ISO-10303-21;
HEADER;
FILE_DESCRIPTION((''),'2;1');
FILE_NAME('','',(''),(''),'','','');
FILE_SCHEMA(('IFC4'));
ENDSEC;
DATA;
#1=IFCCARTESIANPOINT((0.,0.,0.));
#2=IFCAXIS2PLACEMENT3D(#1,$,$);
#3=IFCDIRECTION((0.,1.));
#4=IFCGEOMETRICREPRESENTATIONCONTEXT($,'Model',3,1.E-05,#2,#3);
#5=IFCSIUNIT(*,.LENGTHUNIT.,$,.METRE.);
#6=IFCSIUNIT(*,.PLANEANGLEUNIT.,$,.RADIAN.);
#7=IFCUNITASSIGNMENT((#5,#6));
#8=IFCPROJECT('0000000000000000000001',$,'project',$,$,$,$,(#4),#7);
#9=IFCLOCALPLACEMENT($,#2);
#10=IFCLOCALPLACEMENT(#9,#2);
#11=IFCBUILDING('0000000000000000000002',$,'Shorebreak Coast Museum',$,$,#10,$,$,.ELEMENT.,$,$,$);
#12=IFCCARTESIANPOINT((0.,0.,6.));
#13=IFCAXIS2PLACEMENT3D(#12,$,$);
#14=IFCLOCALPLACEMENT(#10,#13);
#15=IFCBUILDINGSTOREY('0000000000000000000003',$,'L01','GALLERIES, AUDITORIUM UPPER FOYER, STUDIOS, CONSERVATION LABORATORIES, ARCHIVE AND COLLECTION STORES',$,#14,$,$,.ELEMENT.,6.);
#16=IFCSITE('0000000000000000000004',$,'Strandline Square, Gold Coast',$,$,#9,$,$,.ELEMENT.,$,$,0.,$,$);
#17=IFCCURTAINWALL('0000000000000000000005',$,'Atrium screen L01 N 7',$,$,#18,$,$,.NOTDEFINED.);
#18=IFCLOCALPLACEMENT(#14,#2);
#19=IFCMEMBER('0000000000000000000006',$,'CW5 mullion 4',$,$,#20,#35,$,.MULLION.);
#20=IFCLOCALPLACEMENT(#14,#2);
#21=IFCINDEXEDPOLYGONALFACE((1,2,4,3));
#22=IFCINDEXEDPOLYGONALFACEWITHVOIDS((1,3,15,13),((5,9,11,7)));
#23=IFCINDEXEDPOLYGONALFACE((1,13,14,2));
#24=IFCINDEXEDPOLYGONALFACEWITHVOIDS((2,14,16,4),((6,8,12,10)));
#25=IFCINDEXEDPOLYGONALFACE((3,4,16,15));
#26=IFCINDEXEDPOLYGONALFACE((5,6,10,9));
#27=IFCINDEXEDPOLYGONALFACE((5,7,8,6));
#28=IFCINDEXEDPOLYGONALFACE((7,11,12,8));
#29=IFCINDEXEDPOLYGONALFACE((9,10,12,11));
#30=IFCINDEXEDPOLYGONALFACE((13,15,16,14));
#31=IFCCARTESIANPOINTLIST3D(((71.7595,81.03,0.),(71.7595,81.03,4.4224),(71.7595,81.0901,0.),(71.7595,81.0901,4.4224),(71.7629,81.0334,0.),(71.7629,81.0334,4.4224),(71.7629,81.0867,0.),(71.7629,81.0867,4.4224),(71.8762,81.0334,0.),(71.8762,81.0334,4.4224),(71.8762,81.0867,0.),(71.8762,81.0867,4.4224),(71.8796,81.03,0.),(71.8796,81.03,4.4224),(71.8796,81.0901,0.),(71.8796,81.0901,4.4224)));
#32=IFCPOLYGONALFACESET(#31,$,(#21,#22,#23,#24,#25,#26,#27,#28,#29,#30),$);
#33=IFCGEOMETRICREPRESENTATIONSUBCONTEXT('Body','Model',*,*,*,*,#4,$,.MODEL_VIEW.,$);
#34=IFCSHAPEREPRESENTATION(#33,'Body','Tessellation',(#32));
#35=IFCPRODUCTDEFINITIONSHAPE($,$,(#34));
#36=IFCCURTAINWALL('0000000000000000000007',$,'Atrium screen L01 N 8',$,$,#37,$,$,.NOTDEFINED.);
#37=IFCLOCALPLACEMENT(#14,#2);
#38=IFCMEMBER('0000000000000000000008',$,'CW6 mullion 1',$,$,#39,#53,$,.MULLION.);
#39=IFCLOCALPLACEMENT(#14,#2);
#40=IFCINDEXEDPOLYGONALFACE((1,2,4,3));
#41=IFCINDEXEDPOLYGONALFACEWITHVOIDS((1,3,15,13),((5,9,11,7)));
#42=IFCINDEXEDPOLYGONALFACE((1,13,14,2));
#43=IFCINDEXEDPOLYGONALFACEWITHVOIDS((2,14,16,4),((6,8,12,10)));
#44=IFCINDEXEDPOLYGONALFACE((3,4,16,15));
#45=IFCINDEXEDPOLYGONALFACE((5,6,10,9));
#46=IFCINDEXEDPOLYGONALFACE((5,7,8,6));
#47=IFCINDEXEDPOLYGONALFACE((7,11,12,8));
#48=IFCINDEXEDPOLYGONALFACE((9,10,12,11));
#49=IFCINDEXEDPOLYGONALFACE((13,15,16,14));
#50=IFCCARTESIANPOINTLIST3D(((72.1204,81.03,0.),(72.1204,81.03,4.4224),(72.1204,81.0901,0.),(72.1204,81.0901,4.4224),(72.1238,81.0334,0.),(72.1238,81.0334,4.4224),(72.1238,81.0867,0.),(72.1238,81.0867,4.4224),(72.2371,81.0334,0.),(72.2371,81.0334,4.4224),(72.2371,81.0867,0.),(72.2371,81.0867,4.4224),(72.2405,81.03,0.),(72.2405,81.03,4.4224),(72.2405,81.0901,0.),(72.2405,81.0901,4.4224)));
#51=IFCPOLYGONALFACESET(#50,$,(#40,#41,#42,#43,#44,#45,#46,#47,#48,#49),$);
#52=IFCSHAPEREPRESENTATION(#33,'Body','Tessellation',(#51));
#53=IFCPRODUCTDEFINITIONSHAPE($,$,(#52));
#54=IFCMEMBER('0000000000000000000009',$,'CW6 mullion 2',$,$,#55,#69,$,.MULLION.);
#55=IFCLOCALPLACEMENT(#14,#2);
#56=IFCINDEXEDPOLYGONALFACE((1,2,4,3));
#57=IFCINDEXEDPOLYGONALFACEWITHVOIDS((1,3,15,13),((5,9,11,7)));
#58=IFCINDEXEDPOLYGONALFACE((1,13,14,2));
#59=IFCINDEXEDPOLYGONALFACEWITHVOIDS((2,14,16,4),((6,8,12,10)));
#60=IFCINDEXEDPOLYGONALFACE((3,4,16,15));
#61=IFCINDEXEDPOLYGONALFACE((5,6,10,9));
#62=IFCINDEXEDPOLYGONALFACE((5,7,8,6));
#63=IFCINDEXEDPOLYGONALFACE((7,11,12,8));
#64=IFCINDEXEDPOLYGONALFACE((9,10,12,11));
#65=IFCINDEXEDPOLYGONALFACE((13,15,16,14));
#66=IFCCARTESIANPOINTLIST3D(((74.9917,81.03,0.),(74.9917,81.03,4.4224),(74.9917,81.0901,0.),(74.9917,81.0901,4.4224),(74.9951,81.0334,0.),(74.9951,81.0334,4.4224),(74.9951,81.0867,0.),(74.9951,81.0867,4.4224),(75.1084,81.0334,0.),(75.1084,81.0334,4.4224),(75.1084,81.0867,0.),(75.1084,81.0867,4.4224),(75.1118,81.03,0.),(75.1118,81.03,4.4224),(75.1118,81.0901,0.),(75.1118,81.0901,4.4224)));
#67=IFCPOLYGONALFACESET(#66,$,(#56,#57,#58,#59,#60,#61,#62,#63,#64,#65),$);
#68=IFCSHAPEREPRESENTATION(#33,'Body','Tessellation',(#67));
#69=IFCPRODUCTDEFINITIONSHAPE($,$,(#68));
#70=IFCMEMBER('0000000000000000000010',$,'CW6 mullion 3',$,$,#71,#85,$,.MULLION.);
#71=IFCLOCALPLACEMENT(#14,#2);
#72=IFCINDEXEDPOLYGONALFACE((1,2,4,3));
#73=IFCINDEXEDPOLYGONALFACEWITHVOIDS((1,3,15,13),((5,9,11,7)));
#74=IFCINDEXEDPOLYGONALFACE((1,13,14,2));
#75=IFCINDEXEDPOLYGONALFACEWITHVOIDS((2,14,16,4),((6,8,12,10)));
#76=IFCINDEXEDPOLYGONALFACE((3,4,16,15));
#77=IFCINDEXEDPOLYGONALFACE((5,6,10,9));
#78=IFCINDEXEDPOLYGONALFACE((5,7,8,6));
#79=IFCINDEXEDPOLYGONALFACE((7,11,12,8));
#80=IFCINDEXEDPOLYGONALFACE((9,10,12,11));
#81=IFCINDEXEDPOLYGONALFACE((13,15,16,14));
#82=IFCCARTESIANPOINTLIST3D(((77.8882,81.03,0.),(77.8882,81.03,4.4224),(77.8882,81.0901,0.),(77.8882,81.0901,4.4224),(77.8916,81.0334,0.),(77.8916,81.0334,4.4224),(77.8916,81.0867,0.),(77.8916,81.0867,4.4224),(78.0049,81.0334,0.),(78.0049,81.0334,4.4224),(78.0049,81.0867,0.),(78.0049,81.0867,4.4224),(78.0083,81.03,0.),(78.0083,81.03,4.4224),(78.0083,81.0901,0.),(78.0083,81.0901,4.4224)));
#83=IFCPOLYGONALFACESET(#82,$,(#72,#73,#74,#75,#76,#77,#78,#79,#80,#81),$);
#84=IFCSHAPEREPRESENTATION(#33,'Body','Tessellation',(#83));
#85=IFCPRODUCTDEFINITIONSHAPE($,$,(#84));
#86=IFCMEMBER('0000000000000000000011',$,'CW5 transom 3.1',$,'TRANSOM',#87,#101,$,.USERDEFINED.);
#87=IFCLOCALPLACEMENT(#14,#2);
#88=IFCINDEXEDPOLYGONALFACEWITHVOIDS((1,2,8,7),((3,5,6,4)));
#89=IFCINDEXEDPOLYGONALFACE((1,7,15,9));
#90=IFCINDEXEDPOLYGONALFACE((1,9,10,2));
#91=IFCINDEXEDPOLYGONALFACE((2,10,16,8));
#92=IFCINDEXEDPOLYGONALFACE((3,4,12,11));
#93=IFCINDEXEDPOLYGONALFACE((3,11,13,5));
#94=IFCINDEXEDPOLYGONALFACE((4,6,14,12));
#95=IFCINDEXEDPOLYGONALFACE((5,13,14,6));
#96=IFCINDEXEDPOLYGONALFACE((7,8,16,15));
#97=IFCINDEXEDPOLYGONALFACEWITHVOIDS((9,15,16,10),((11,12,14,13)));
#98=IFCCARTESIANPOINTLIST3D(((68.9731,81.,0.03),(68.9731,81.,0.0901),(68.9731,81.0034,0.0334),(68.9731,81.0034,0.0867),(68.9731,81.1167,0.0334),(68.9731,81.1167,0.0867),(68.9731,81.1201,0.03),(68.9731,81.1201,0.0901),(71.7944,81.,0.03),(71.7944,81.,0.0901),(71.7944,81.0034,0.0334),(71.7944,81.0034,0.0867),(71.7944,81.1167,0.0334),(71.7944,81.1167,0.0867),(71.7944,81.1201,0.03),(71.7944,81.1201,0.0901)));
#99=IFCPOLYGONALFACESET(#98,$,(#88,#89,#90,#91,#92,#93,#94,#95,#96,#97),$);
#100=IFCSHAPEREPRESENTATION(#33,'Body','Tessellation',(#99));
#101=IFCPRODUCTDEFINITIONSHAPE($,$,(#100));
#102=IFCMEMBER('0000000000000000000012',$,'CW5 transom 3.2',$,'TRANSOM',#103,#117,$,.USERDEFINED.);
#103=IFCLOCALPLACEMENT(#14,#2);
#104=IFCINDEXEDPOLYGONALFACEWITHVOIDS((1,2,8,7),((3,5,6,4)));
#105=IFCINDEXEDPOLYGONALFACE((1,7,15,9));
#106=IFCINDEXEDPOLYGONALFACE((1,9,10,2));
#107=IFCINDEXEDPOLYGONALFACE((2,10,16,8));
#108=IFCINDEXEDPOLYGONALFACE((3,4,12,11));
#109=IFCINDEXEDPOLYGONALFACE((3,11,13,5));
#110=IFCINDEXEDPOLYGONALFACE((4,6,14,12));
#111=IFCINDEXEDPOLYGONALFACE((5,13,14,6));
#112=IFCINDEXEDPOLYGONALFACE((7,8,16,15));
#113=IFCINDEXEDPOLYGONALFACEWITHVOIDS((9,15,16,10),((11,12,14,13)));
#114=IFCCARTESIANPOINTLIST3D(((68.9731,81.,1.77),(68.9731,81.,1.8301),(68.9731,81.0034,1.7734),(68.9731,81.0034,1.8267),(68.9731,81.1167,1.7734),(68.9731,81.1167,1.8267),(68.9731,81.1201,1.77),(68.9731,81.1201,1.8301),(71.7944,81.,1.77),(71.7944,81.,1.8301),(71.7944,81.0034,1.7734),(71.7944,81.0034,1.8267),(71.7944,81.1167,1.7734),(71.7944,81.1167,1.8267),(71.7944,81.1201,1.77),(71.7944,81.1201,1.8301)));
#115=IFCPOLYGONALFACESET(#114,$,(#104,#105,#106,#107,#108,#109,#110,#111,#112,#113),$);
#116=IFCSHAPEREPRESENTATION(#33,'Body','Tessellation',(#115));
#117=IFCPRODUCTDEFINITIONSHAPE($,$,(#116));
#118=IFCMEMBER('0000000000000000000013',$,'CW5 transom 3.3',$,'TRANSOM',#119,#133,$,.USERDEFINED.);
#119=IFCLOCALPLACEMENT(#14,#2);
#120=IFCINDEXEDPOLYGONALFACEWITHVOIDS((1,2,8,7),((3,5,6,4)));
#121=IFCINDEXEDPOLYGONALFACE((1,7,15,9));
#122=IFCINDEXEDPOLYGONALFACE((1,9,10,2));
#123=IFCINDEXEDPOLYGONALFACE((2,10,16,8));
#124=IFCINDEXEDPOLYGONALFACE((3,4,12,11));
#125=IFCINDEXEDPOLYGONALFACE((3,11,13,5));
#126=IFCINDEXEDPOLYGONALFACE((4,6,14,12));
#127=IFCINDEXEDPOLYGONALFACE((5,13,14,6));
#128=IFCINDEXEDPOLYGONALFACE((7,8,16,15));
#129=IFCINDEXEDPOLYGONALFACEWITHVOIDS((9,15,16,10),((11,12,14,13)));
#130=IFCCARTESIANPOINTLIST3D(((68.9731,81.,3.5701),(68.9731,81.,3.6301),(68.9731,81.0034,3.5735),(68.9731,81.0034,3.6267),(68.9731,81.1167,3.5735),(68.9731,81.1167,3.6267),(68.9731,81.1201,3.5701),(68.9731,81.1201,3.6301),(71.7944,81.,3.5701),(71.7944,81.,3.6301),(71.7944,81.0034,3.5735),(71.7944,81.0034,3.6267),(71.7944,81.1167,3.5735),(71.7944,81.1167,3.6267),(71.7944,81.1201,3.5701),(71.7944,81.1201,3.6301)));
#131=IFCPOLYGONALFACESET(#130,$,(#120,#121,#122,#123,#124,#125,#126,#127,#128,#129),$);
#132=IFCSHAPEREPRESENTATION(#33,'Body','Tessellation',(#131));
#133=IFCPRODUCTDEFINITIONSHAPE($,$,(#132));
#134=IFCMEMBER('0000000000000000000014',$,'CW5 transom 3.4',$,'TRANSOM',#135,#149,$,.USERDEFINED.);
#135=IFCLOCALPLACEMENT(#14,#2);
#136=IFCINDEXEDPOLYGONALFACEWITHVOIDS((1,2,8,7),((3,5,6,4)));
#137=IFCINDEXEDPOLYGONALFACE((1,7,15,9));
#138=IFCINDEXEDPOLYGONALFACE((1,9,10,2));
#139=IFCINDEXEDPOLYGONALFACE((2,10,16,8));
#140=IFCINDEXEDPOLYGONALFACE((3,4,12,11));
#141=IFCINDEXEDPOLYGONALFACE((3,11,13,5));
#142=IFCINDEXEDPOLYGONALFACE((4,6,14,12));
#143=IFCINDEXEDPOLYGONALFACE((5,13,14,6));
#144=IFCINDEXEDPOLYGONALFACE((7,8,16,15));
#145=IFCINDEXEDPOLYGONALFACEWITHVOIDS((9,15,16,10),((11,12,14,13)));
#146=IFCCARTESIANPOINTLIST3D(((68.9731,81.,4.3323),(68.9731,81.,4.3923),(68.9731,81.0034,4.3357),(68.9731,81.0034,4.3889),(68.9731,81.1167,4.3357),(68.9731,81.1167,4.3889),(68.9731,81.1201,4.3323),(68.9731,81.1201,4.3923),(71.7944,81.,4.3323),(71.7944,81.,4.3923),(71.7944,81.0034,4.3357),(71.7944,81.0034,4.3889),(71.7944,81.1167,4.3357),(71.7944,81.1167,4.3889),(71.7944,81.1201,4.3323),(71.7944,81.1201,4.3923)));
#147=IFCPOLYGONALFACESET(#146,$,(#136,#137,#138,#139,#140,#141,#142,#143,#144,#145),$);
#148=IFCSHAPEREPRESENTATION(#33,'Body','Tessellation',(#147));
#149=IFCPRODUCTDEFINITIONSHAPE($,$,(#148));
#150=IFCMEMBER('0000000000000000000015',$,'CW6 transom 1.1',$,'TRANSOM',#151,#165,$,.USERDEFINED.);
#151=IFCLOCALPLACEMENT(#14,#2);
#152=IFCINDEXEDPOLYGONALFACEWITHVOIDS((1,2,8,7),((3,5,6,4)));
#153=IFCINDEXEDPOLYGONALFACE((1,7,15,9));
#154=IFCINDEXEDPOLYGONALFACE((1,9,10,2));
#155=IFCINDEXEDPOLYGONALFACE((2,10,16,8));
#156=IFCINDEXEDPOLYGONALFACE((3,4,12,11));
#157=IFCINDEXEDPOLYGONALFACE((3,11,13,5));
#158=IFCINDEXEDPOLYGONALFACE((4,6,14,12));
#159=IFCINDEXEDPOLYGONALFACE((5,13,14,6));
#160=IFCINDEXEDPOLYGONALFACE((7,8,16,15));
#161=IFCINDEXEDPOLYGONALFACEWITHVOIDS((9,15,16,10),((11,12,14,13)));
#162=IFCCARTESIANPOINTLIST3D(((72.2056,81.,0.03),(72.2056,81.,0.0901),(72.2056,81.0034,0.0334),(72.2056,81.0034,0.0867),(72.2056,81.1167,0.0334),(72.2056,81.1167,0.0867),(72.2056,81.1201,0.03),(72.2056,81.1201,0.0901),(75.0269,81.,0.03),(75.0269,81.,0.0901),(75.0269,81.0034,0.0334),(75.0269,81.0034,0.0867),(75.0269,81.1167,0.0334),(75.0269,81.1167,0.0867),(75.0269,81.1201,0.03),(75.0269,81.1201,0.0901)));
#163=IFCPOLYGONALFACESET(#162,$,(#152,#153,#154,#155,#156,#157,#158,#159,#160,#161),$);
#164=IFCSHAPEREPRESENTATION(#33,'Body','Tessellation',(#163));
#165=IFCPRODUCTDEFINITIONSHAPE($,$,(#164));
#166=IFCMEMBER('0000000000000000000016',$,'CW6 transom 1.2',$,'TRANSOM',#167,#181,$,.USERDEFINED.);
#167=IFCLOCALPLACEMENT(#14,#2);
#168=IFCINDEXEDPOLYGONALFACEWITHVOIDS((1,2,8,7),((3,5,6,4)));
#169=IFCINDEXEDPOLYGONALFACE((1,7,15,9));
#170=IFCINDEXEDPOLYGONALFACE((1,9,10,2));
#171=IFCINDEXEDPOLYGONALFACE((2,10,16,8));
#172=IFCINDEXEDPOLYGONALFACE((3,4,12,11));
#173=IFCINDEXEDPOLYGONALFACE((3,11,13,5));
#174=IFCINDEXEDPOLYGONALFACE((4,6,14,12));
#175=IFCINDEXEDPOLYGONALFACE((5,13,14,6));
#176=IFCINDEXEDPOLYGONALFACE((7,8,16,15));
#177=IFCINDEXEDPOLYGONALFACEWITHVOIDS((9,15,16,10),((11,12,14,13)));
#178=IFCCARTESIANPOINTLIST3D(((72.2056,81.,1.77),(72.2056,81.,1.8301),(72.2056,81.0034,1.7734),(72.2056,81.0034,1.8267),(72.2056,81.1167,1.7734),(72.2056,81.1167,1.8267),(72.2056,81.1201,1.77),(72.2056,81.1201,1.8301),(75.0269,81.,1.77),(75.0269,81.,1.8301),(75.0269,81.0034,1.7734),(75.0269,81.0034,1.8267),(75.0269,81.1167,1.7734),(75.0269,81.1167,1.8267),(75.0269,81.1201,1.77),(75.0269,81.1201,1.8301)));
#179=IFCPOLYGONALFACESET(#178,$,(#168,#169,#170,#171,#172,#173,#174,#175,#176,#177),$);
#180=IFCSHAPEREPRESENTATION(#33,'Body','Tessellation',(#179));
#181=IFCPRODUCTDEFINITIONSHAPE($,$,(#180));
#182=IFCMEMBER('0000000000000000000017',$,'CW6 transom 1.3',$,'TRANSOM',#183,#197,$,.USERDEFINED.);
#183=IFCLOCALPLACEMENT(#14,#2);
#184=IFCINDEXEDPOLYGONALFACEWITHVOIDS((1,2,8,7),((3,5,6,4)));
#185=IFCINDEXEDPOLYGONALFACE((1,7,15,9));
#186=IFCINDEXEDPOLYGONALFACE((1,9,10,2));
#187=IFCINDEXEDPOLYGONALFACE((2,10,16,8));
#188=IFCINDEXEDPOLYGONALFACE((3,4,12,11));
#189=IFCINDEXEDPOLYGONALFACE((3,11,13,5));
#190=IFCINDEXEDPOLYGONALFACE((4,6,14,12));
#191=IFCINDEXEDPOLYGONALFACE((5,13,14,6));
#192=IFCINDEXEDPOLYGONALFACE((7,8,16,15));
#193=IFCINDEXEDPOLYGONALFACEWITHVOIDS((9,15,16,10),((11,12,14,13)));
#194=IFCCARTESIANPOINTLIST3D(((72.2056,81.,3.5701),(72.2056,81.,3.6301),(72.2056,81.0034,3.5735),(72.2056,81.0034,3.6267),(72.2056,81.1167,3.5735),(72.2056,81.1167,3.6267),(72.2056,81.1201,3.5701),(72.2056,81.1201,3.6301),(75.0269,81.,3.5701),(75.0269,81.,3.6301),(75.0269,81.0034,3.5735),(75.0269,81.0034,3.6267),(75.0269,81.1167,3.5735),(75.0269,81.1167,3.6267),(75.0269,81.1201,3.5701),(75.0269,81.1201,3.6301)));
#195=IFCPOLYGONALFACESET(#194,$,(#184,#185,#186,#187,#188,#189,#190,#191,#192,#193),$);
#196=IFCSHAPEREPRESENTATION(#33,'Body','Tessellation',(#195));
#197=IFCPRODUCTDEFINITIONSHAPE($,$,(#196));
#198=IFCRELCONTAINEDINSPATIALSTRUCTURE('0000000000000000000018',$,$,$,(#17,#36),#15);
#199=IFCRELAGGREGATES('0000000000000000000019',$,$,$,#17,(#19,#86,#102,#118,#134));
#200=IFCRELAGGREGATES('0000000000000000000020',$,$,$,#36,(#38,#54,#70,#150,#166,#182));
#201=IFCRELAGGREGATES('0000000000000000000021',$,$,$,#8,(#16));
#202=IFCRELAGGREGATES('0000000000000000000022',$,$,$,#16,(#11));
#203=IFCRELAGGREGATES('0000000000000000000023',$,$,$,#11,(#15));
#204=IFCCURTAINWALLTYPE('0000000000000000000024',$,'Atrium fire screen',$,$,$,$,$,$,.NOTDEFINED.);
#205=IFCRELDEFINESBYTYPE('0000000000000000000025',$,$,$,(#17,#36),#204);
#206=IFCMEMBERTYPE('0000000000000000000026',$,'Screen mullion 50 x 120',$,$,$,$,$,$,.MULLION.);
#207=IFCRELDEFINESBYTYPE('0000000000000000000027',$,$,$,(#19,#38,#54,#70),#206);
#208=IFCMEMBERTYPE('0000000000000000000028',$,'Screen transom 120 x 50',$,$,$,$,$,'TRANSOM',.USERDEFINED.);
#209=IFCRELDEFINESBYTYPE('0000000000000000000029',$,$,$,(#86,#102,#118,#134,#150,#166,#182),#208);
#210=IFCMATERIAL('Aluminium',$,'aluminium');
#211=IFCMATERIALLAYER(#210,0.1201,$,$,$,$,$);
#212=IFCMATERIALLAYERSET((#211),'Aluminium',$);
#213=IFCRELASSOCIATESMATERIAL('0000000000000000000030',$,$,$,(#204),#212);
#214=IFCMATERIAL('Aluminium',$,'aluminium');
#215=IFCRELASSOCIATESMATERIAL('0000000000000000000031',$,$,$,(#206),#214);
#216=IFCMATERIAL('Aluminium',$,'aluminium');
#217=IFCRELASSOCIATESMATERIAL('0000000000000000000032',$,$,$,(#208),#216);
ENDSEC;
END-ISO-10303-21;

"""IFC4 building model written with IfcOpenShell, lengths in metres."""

from ifc_helpers import new_model, si_unit, direction, frame, origin, origin_2d, place, context, subcontext, project, spatial, hollow_rectangle, extrude, material, layer, layer_set, material_profile, profile_set, type_object, element, aggregate, save


model = new_model("IFC4")

# Units and contexts
model_context = context("Model", 3, precision=1e-05, world=origin(), true_north=direction((0.0, 1.0)))
body_context = subcontext(model_context, "Body", "Model", "MODEL_VIEW")
ifc_project = project(units=[si_unit("LENGTHUNIT", "METRE"), si_unit("PLANEANGLEUNIT", "RADIAN")], contexts=[model_context])

# Site, building, storey
site_placement = place(None, origin())
site = spatial("IfcSite", under=ifc_project, at=site_placement, Name="Strandline Square, Gold Coast", CompositionType="ELEMENT", RefElevation=0.0)
building_placement = place(site_placement, origin())
building = spatial("IfcBuilding", under=site, at=building_placement, Name="Shorebreak Coast Museum", CompositionType="ELEMENT")
storey_placement = place(building_placement, frame((0.0, 0.0, 6.0)))
storey = spatial("IfcBuildingStorey", under=building, at=storey_placement, Name="L01", Description="GALLERIES, AUDITORIUM UPPER FOYER, STUDIOS, CONSERVATION LABORATORIES, ARCHIVE AND COLLECTION STORES", CompositionType="ELEMENT", Elevation=6.0)

# Curtain wall, member
ifc_material_1 = material(Name="Aluminium", Category="aluminium")
ifc_layer_1 = layer(ifc_material_1, 0.1201)
ifc_layer_set_1 = layer_set([ifc_layer_1], Name="Aluminium")
curtain_wall_type = type_object("IfcCurtainWallType", Name="Atrium fire screen", PredefinedType="NOTDEFINED", material=ifc_layer_set_1)
curtain_wall_1_placement = place(storey_placement, origin())
curtain_wall_1 = element("IfcCurtainWall", 1, at=curtain_wall_1_placement, inside=storey, type_object=curtain_wall_type, Name="Atrium screen L01 N 7", PredefinedType="NOTDEFINED")
ifc_material_2 = material(Name="Aluminium", Category="aluminium")
ifc_material_profile_1 = material_profile(ifc_material_2, hollow_rectangle(XDim=0.0601, YDim=0.1201, WallThickness=0.0034, at=origin_2d()), Name="AL 120x60 RHS")
ifc_profile_set_1 = profile_set([ifc_material_profile_1], Name="Aluminium")
member_type_1 = type_object("IfcMemberType", Name="Screen mullion 50 x 120", PredefinedType="MULLION", material=ifc_profile_set_1)
member_1_placement = place(storey_placement, frame((71.8196, 81.0601, 0.0), z_axis=(0.0, 0.0, 1.0), x_axis=(0.0, 1.0, 0.0)))
member_1 = element("IfcMember", 2, at=member_1_placement, type_object=member_type_1, Name="CW5 mullion 4", PredefinedType="MULLION", context=body_context, shape_type="SweptSolid", body=[
    extrude(hollow_rectangle(XDim=0.0601, YDim=0.1201, WallThickness=0.0034, at=origin_2d()), origin(), (0.0, 0.0, 1.0), 4.4224),
])

# Curtain wall, members
curtain_wall_2_placement = place(storey_placement, origin())
curtain_wall_2 = element("IfcCurtainWall", 3, at=curtain_wall_2_placement, inside=storey, type_object=curtain_wall_type, Name="Atrium screen L01 N 8", PredefinedType="NOTDEFINED")
member_2_placement = place(storey_placement, frame((72.1804, 81.0601, 0.0), z_axis=(0.0, 0.0, 1.0), x_axis=(0.0, 1.0, 0.0)))
member_2 = element("IfcMember", 4, at=member_2_placement, type_object=member_type_1, Name="CW6 mullion 1", PredefinedType="MULLION", context=body_context, shape_type="SweptSolid", body=[
    extrude(hollow_rectangle(XDim=0.0601, YDim=0.1201, WallThickness=0.0034, at=origin_2d()), origin(), (0.0, 0.0, 1.0), 4.4224),
])
member_3_placement = place(storey_placement, frame((75.0518, 81.0601, 0.0), z_axis=(0.0, 0.0, 1.0), x_axis=(0.0, 1.0, 0.0)))
member_3 = element("IfcMember", 5, at=member_3_placement, type_object=member_type_1, Name="CW6 mullion 2", PredefinedType="MULLION", context=body_context, shape_type="SweptSolid", body=[
    extrude(hollow_rectangle(XDim=0.0601, YDim=0.1201, WallThickness=0.0034, at=origin_2d()), origin(), (0.0, 0.0, 1.0), 4.4224),
])
member_4_placement = place(storey_placement, frame((77.9482, 81.0601, 0.0), z_axis=(0.0, 0.0, 1.0), x_axis=(0.0, 1.0, 0.0)))
member_4 = element("IfcMember", 6, at=member_4_placement, type_object=member_type_1, Name="CW6 mullion 3", PredefinedType="MULLION", context=body_context, shape_type="SweptSolid", body=[
    extrude(hollow_rectangle(XDim=0.0601, YDim=0.1201, WallThickness=0.0034, at=origin_2d()), origin(), (0.0, 0.0, 1.0), 4.4224),
])

# Members
ifc_material_3 = material(Name="Aluminium", Category="aluminium")
ifc_material_profile_2 = material_profile(ifc_material_3, hollow_rectangle(XDim=0.1201, YDim=0.0601, WallThickness=0.0034, at=origin_2d()), Name="AL 60x120 RHS")
ifc_profile_set_2 = profile_set([ifc_material_profile_2], Name="Aluminium")
member_type_2 = type_object("IfcMemberType", Name="Screen transom 120 x 50", ElementType="TRANSOM", PredefinedType="USERDEFINED", material=ifc_profile_set_2)
member_5_placement = place(storey_placement, frame((68.9731, 81.0601, 0.0601), z_axis=(1.0, 0.0, 0.0), x_axis=(0.0, 1.0, 0.0)))
member_5 = element("IfcMember", 7, at=member_5_placement, type_object=member_type_2, Name="CW5 transom 3.1", ObjectType="TRANSOM", PredefinedType="USERDEFINED", context=body_context, shape_type="SweptSolid", body=[
    extrude(hollow_rectangle(XDim=0.1201, YDim=0.0601, WallThickness=0.0034, at=origin_2d()), origin(), (0.0, 0.0, 1.0), 2.8213),
])
member_6_placement = place(storey_placement, frame((68.9731, 81.0601, 1.8), z_axis=(1.0, 0.0, 0.0), x_axis=(0.0, 1.0, 0.0)))
member_6 = element("IfcMember", 8, at=member_6_placement, type_object=member_type_2, Name="CW5 transom 3.2", ObjectType="TRANSOM", PredefinedType="USERDEFINED", context=body_context, shape_type="SweptSolid", body=[
    extrude(hollow_rectangle(XDim=0.1201, YDim=0.0601, WallThickness=0.0034, at=origin_2d()), origin(), (0.0, 0.0, 1.0), 2.8213),
])
member_7_placement = place(storey_placement, frame((68.9731, 81.0601, 3.6001), z_axis=(1.0, 0.0, 0.0), x_axis=(0.0, 1.0, 0.0)))
member_7 = element("IfcMember", 9, at=member_7_placement, type_object=member_type_2, Name="CW5 transom 3.3", ObjectType="TRANSOM", PredefinedType="USERDEFINED", context=body_context, shape_type="SweptSolid", body=[
    extrude(hollow_rectangle(XDim=0.1201, YDim=0.0601, WallThickness=0.0034, at=origin_2d()), origin(), (0.0, 0.0, 1.0), 2.8213),
])
member_8_placement = place(storey_placement, frame((68.9731, 81.0601, 4.3623), z_axis=(1.0, 0.0, 0.0), x_axis=(0.0, 1.0, 0.0)))
member_8 = element("IfcMember", 10, at=member_8_placement, type_object=member_type_2, Name="CW5 transom 3.4", ObjectType="TRANSOM", PredefinedType="USERDEFINED", context=body_context, shape_type="SweptSolid", body=[
    extrude(hollow_rectangle(XDim=0.1201, YDim=0.0601, WallThickness=0.0034, at=origin_2d()), origin(), (0.0, 0.0, 1.0), 2.8213),
])
member_9_placement = place(storey_placement, frame((72.2056, 81.0601, 0.0601), z_axis=(1.0, 0.0, 0.0), x_axis=(0.0, 1.0, 0.0)))
member_9 = element("IfcMember", 11, at=member_9_placement, type_object=member_type_2, Name="CW6 transom 1.1", ObjectType="TRANSOM", PredefinedType="USERDEFINED", context=body_context, shape_type="SweptSolid", body=[
    extrude(hollow_rectangle(XDim=0.1201, YDim=0.0601, WallThickness=0.0034, at=origin_2d()), origin(), (0.0, 0.0, 1.0), 2.8213),
])
member_10_placement = place(storey_placement, frame((72.2056, 81.0601, 1.8), z_axis=(1.0, 0.0, 0.0), x_axis=(0.0, 1.0, 0.0)))
member_10 = element("IfcMember", 12, at=member_10_placement, type_object=member_type_2, Name="CW6 transom 1.2", ObjectType="TRANSOM", PredefinedType="USERDEFINED", context=body_context, shape_type="SweptSolid", body=[
    extrude(hollow_rectangle(XDim=0.1201, YDim=0.0601, WallThickness=0.0034, at=origin_2d()), origin(), (0.0, 0.0, 1.0), 2.8213),
])
member_11_placement = place(storey_placement, frame((72.2056, 81.0601, 3.6001), z_axis=(1.0, 0.0, 0.0), x_axis=(0.0, 1.0, 0.0)))
member_11 = element("IfcMember", 13, at=member_11_placement, type_object=member_type_2, Name="CW6 transom 1.3", ObjectType="TRANSOM", PredefinedType="USERDEFINED", context=body_context, shape_type="SweptSolid", body=[
    extrude(hollow_rectangle(XDim=0.1201, YDim=0.0601, WallThickness=0.0034, at=origin_2d()), origin(), (0.0, 0.0, 1.0), 2.8213),
])

aggregate(curtain_wall_1, [member_1, member_5, member_6, member_7, member_8])
aggregate(curtain_wall_2, [member_2, member_3, member_4, member_9, member_10, member_11])

save(model, "model.ifc")
